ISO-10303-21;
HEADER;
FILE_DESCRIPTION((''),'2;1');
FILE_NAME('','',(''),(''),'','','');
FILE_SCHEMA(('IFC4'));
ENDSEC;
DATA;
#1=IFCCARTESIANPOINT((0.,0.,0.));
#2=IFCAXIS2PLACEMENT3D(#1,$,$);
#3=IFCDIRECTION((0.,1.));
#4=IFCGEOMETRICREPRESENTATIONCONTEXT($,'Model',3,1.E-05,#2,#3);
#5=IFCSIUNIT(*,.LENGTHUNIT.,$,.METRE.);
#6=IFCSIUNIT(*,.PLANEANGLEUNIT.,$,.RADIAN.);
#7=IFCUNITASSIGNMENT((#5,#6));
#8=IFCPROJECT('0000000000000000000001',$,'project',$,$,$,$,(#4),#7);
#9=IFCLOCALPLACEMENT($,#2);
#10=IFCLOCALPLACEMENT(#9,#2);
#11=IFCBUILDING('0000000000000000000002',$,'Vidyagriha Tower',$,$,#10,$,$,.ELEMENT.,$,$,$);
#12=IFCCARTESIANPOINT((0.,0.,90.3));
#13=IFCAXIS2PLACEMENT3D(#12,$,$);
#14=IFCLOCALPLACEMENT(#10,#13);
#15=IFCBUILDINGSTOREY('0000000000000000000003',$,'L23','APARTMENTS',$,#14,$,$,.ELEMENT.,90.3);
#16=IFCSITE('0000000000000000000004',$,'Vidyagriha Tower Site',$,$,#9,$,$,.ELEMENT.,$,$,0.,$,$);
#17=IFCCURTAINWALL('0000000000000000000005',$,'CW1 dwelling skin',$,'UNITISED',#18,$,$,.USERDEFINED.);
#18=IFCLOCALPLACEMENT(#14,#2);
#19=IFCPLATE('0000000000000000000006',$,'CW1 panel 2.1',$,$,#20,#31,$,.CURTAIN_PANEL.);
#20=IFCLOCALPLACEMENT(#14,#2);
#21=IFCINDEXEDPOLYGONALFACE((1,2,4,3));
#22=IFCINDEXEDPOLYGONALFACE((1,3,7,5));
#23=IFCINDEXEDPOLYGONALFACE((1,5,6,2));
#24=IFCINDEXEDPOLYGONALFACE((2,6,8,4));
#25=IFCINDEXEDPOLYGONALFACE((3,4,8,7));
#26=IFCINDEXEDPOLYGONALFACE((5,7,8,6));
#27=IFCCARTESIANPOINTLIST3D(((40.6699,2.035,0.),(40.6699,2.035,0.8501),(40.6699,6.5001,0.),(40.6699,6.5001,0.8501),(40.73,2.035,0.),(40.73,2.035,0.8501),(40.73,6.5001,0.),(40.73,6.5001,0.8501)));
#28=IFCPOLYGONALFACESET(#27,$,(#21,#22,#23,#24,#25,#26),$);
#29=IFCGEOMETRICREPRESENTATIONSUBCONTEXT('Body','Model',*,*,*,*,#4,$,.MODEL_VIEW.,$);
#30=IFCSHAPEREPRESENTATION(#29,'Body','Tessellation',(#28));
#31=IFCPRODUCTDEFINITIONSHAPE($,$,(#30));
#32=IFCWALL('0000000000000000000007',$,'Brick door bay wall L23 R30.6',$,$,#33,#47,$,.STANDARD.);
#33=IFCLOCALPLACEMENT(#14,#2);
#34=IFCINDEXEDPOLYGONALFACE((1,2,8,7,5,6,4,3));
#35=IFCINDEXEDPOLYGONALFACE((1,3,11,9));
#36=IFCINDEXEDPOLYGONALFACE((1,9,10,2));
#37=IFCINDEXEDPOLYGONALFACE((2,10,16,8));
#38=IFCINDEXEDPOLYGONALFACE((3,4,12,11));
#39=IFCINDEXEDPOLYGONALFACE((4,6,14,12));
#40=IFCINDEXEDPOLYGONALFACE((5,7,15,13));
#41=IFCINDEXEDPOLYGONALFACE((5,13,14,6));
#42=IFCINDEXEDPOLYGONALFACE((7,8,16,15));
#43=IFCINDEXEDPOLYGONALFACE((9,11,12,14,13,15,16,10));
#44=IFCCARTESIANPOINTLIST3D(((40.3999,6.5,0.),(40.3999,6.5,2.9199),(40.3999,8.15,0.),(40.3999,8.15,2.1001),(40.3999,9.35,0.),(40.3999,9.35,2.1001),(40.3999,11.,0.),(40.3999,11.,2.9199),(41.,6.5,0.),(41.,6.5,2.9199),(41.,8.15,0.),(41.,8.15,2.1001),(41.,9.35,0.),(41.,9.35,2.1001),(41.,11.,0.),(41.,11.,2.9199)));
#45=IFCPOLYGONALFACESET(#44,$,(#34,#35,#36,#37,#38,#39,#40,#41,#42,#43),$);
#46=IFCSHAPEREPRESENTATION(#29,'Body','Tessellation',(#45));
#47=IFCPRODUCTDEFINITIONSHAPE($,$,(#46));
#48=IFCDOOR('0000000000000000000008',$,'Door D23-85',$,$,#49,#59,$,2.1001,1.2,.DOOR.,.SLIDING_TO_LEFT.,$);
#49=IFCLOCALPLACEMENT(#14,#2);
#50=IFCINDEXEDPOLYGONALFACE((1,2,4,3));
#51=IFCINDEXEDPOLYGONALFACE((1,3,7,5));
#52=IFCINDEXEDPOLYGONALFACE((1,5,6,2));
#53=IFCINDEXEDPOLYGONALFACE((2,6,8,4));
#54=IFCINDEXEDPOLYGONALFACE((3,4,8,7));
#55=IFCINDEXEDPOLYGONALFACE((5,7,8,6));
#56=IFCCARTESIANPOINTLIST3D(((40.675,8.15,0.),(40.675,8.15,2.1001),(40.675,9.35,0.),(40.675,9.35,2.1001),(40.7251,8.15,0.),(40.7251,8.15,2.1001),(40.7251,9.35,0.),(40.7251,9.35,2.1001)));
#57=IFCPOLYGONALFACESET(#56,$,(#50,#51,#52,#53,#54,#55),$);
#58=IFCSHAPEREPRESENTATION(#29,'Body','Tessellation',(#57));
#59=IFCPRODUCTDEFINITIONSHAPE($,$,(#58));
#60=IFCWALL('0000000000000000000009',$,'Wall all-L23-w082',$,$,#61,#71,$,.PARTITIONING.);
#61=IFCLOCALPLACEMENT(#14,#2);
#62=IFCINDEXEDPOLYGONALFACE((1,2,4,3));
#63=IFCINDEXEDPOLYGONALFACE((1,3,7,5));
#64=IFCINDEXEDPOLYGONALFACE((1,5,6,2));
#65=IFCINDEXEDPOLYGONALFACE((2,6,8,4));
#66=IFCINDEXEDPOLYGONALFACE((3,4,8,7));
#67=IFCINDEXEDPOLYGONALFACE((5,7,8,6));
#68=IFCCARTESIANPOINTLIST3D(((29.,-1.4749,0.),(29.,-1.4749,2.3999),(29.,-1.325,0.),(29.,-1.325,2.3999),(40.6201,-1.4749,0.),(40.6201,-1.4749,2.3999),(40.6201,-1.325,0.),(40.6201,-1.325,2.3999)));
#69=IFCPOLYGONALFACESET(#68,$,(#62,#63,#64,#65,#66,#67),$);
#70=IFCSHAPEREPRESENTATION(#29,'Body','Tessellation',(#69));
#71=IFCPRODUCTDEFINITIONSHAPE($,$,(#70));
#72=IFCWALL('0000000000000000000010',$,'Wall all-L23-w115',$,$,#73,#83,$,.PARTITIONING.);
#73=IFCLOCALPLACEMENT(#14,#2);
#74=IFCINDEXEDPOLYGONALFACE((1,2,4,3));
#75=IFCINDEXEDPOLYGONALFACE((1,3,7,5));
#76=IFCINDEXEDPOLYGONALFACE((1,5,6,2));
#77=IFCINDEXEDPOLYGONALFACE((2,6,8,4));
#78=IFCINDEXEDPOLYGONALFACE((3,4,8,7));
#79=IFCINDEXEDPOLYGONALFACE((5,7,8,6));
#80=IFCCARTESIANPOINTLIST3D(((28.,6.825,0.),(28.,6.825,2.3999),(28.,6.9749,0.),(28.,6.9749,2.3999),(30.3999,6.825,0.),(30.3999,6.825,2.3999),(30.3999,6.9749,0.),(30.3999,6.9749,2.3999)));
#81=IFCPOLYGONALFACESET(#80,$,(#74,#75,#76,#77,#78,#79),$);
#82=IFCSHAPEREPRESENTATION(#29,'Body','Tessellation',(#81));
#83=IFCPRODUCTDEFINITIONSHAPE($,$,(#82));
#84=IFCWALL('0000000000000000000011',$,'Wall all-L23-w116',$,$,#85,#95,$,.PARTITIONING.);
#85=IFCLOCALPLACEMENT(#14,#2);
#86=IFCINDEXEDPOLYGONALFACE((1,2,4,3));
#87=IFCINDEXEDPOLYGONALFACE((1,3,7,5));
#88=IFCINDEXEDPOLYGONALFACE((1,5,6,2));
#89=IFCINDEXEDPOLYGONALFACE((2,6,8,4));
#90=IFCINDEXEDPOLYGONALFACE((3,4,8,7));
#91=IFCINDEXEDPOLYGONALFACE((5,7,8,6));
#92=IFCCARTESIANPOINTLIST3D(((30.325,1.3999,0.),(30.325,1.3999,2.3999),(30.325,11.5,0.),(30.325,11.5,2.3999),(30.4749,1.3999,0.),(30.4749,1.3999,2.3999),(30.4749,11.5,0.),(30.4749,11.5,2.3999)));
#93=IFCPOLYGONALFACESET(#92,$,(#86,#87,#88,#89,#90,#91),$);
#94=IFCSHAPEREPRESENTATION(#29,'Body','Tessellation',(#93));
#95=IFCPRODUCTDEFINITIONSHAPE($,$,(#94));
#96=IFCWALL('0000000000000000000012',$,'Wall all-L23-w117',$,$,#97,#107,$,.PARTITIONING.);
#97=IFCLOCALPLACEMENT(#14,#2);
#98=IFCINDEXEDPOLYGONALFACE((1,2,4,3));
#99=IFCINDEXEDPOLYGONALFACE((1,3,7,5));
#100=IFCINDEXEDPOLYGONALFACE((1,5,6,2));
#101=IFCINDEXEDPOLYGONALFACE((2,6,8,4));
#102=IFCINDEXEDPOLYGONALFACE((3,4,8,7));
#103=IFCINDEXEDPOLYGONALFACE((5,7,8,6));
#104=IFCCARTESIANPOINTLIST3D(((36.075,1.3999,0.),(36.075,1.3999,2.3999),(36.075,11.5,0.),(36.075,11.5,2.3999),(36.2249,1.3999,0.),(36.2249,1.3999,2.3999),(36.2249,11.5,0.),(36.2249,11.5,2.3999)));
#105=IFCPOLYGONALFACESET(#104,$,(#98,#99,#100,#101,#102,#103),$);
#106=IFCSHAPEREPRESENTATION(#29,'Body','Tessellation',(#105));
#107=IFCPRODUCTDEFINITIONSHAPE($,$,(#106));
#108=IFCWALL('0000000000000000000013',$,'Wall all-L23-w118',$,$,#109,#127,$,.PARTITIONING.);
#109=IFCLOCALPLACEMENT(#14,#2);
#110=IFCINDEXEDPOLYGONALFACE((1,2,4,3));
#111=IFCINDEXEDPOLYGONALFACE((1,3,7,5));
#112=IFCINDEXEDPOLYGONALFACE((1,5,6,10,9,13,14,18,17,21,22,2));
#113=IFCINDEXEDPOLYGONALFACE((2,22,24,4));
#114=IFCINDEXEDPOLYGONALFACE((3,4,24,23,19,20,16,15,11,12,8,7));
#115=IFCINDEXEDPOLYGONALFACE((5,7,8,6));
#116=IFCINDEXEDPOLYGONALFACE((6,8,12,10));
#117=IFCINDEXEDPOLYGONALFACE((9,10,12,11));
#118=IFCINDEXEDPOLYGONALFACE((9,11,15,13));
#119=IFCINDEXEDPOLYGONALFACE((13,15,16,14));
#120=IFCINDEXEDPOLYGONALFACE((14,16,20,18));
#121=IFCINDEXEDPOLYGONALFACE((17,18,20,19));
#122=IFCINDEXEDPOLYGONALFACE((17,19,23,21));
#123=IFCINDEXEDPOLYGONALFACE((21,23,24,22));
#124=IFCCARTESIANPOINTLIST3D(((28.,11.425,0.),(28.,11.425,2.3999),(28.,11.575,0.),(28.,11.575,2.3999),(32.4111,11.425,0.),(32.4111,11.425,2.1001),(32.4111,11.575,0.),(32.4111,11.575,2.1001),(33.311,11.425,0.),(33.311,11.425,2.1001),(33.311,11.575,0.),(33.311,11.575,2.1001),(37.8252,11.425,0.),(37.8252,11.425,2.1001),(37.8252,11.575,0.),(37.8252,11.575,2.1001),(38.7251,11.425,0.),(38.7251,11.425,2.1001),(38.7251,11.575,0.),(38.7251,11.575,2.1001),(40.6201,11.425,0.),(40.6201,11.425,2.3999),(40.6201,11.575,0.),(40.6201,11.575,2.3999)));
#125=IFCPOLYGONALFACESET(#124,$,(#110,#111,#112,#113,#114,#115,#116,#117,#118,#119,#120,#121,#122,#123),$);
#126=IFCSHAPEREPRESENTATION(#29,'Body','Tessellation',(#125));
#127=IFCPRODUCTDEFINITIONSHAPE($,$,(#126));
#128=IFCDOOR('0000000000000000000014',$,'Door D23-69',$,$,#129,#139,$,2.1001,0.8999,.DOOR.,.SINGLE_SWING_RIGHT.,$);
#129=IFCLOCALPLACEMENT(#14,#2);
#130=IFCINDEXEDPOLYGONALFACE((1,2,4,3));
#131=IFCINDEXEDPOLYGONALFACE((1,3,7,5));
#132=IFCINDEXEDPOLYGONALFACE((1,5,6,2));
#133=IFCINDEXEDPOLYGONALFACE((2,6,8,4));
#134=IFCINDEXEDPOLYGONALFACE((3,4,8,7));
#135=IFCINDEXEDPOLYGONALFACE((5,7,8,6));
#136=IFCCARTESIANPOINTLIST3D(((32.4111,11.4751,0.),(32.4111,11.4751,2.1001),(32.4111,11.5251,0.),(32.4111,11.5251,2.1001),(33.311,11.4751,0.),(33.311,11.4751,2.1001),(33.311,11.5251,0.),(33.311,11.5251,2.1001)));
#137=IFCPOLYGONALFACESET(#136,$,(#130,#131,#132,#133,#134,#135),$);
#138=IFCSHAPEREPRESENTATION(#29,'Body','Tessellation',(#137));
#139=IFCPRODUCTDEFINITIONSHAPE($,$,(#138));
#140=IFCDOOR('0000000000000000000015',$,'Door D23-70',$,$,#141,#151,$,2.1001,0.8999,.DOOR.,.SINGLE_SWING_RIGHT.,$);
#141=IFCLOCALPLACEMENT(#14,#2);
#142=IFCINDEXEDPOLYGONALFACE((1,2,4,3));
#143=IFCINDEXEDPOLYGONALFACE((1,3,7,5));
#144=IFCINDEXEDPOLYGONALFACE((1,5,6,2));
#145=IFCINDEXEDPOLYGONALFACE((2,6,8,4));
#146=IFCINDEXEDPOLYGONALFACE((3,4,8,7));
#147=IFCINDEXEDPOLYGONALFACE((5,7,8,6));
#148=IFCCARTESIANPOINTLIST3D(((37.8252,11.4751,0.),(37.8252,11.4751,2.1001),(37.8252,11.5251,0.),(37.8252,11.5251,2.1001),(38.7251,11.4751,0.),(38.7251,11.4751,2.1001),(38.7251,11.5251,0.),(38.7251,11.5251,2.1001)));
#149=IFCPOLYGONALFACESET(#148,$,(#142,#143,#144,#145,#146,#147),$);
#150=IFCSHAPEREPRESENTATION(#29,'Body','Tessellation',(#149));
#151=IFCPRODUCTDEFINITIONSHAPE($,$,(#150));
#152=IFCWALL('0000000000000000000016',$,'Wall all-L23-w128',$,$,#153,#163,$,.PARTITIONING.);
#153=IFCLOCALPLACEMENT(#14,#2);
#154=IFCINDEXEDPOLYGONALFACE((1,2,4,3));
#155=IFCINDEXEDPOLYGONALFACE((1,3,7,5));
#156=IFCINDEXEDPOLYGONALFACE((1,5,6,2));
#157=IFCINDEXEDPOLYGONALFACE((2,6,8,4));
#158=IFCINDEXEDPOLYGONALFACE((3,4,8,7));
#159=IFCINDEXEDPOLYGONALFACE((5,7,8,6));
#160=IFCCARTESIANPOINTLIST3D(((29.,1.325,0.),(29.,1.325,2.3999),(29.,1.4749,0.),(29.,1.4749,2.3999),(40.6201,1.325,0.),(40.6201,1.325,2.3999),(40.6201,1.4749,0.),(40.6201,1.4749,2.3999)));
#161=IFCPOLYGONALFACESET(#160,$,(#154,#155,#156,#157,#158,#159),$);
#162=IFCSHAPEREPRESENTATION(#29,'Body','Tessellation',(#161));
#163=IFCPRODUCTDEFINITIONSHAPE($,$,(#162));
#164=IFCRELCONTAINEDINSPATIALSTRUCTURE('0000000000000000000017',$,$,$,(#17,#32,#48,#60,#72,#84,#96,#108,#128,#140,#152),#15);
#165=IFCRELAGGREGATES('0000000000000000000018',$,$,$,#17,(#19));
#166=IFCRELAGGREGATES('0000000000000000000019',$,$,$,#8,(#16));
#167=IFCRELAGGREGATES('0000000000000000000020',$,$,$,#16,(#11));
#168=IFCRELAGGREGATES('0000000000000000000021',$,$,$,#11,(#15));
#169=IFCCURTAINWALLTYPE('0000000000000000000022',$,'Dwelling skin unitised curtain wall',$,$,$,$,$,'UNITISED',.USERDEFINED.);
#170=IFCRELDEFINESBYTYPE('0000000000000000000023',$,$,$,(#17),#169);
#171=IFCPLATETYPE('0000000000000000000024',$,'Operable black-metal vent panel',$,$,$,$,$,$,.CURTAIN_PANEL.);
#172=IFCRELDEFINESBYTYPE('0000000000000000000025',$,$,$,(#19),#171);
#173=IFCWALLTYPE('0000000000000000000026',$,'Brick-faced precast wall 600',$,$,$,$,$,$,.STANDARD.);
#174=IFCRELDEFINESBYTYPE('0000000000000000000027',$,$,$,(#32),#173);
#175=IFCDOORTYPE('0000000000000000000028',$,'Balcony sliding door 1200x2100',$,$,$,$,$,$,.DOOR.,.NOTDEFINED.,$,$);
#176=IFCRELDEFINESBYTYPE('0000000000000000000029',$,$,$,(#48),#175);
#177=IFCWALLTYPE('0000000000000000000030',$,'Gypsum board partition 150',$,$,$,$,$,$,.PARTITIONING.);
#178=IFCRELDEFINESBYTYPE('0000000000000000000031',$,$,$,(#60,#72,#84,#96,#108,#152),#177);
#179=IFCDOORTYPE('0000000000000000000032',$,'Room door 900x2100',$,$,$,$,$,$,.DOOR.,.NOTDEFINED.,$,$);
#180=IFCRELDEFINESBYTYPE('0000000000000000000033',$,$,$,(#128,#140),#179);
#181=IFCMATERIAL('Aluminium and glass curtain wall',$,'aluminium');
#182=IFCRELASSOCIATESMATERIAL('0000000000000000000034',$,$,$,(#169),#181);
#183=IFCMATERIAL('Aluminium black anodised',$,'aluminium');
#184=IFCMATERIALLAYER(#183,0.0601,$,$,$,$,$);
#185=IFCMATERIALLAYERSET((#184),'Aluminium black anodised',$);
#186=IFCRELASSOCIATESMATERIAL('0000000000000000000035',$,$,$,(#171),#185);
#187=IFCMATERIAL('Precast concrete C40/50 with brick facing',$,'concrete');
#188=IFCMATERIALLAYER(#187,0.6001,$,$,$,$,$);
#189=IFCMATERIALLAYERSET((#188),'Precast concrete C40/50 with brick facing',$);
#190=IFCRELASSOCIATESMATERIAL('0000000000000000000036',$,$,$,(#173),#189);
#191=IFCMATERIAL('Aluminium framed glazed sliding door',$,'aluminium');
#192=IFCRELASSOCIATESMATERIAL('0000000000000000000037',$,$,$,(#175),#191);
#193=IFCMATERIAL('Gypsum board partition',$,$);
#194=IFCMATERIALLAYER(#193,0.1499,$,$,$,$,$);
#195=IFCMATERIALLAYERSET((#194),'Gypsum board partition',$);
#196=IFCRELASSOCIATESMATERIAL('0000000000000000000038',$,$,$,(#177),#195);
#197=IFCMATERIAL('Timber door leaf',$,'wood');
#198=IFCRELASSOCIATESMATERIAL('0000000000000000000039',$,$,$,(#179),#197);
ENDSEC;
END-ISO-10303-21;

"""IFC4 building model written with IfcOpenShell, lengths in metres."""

from ifc_helpers import new_model, si_unit, direction, frame, frame_2d, origin, origin_2d, place, context, subcontext, project, spatial, rectangle, extrude, material, layer, layer_set, type_object, element, fill, aggregate, save


model = new_model("IFC4")

# Units and contexts
model_context = context("Model", 3, precision=1e-05, world=origin(), true_north=direction((0.0, 1.0)))
body_context = subcontext(model_context, "Body", "Model", "MODEL_VIEW")
ifc_project = project(units=[si_unit("LENGTHUNIT", "METRE"), si_unit("PLANEANGLEUNIT", "RADIAN")], contexts=[model_context])

# Site, building, storey
site_placement = place(None, origin())
site = spatial("IfcSite", under=ifc_project, at=site_placement, Name="Vidyagriha Tower Site", CompositionType="ELEMENT", RefElevation=0.0)
building_placement = place(site_placement, origin())
building = spatial("IfcBuilding", under=site, at=building_placement, Name="Vidyagriha Tower", CompositionType="ELEMENT")
storey_placement = place(building_placement, frame((0.0, 0.0, 90.3)))
storey = spatial("IfcBuildingStorey", under=building, at=storey_placement, Name="L23", Description="APARTMENTS", CompositionType="ELEMENT", Elevation=90.3)

# Curtain wall
ifc_material_1 = material(Name="Aluminium and glass curtain wall", Category="aluminium")
curtain_wall_type = type_object("IfcCurtainWallType", Name="Dwelling skin unitised curtain wall", ElementType="UNITISED", PredefinedType="USERDEFINED", material=ifc_material_1)
curtain_wall_1_placement = place(storey_placement, origin())
curtain_wall_1 = element("IfcCurtainWall", 1, at=curtain_wall_1_placement, inside=storey, type_object=curtain_wall_type, Name="CW1 dwelling skin", ObjectType="UNITISED", PredefinedType="USERDEFINED")

# Plate
ifc_material_2 = material(Name="Aluminium black anodised", Category="aluminium")
ifc_layer_1 = layer(ifc_material_2, 0.0601)
ifc_layer_set_1 = layer_set([ifc_layer_1], Name="Aluminium black anodised")
plate_type_1 = type_object("IfcPlateType", Name="Operable black-metal vent panel", PredefinedType="CURTAIN_PANEL", material=ifc_layer_set_1)
plate_1_placement = place(storey_placement, frame((40.7, 4.2676, 0.0), z_axis=(0.0, 0.0, 1.0), x_axis=(0.0, 1.0, 0.0)))
plate_1 = element("IfcPlate", 2, at=plate_1_placement, type_object=plate_type_1, Name="CW1 panel 2.1", PredefinedType="CURTAIN_PANEL", context=body_context, shape_type="SweptSolid", body=[
    extrude(rectangle(XDim=4.4651, YDim=0.0601, at=origin_2d()), origin(), (0.0, 0.0, 1.0), 0.8501),
])
aggregate(curtain_wall_1, [plate_1])

# Wall, opening, door
ifc_material_3 = material(Name="Precast concrete C40/50 with brick facing", Category="concrete")
ifc_layer_2 = layer(ifc_material_3, 0.6001)
ifc_layer_set_2 = layer_set([ifc_layer_2], Name="Precast concrete C40/50 with brick facing")
wall_type_1 = type_object("IfcWallType", Name="Brick-faced precast wall 600", PredefinedType="STANDARD", material=ifc_layer_set_2)
wall_1_placement = place(storey_placement, frame((40.7, 6.5, 0.0), z_axis=(0.0, 0.0, 1.0), x_axis=(0.0, 1.0, 0.0)))
wall_1 = element("IfcWall", 3, at=wall_1_placement, inside=storey, type_object=wall_type_1, Name="Brick door bay wall L23 R30.6", PredefinedType="STANDARD", context=body_context, shape_type="SweptSolid", body=[
    extrude(rectangle(XDim=4.5, YDim=0.6001, at=frame_2d((2.25, 0.0))), origin(), (0.0, 0.0, 1.0), 2.9199),
])
opening_1_placement = place(wall_1_placement, frame((1.6499, 0.0, 0.0)))
opening_1 = element("IfcOpeningElement", 4, at=opening_1_placement, cuts=wall_1, PredefinedType="OPENING", context=body_context, shape_type="SweptSolid", body=[
    extrude(rectangle(XDim=1.2, YDim=2.1001, at=frame_2d((0.6001, 1.05))), frame((0.0, 0.3101, 0.0), z_axis=(0.0, -1.0, 0.0), x_axis=(1.0, 0.0, 0.0)), (0.0, 0.0, 1.0), 0.6201),
])
ifc_material_4 = material(Name="Aluminium framed glazed sliding door", Category="aluminium")
door_type_1 = type_object("IfcDoorType", Name="Balcony sliding door 1200x2100", OperationType="NOTDEFINED", PredefinedType="DOOR", material=ifc_material_4)
door_1_placement = place(opening_1_placement, origin())
door_1 = element("IfcDoor", 5, at=door_1_placement, inside=storey, type_object=door_type_1, Name="Door D23-85", OperationType="SLIDING_TO_LEFT", OverallHeight=2.1001, OverallWidth=1.2, PredefinedType="DOOR", context=body_context, shape_type="SweptSolid", body=[
    extrude(rectangle(XDim=1.2, YDim=2.1001, at=frame_2d((0.6001, 1.05))), frame((0.0, 0.0249, 0.0), z_axis=(0.0, -1.0, 0.0), x_axis=(1.0, 0.0, 0.0)), (0.0, 0.0, 1.0), 0.05),
])
fill(opening_1, door_1)

# Walls
ifc_material_5 = material(Name="Gypsum board partition")
ifc_layer_3 = layer(ifc_material_5, 0.1499)
ifc_layer_set_3 = layer_set([ifc_layer_3], Name="Gypsum board partition")
wall_type_2 = type_object("IfcWallType", Name="Gypsum board partition 150", PredefinedType="PARTITIONING", material=ifc_layer_set_3)
wall_2_placement = place(storey_placement, frame((40.6201, -1.3999, 0.0), z_axis=(0.0, 0.0, 1.0), x_axis=(-1.0, 0.0, 0.0)))
element("IfcWall", 6, at=wall_2_placement, inside=storey, type_object=wall_type_2, Name="Wall all-L23-w082", PredefinedType="PARTITIONING", context=body_context, shape_type="SweptSolid", body=[
    extrude(rectangle(XDim=11.6201, YDim=0.1499, at=frame_2d((5.8101, 0.0))), origin(), (0.0, 0.0, 1.0), 2.3999),
])
wall_3_placement = place(storey_placement, frame((28.0, 6.8999, 0.0)))
element("IfcWall", 7, at=wall_3_placement, inside=storey, type_object=wall_type_2, Name="Wall all-L23-w115", PredefinedType="PARTITIONING", context=body_context, shape_type="SweptSolid", body=[
    extrude(rectangle(XDim=2.3999, YDim=0.1499, at=frame_2d((1.2, 0.0))), origin(), (0.0, 0.0, 1.0), 2.3999),
])
for number, where, z_axis, x_axis, name in (
    (8, (30.3999, 11.5, 0.0), (0.0, 0.0, 1.0), (0.0, -1.0, 0.0), "Wall all-L23-w116"),
    (9, (36.1499, 11.5, 0.0), (0.0, 0.0, 1.0), (0.0, -1.0, 0.0), "Wall all-L23-w117"),
):
    element("IfcWall", number, at=place(storey_placement, frame(where, z_axis=z_axis, x_axis=x_axis)), inside=storey, type_object=wall_type_2, Name=name, PredefinedType="PARTITIONING", context=body_context, shape_type="SweptSolid", body=[
        extrude(rectangle(XDim=10.1001, YDim=0.1499, at=frame_2d((5.05, 0.0))), origin(), (0.0, 0.0, 1.0), 2.3999),
    ])

# Wall, openings, doors
wall_4_placement = place(storey_placement, frame((40.6201, 11.5, 0.0), z_axis=(0.0, 0.0, 1.0), x_axis=(-1.0, 0.0, 0.0)))
wall_4 = element("IfcWall", 10, at=wall_4_placement, inside=storey, type_object=wall_type_2, Name="Wall all-L23-w118", PredefinedType="PARTITIONING", context=body_context, shape_type="SweptSolid", body=[
    extrude(rectangle(XDim=12.6201, YDim=0.1499, at=frame_2d((6.3101, 0.0))), origin(), (0.0, 0.0, 1.0), 2.3999),
])
opening_2_placement = place(wall_4_placement, frame((7.3091, 0.0, 0.0)))
opening_2 = element("IfcOpeningElement", 11, at=opening_2_placement, cuts=wall_4, PredefinedType="OPENING", context=body_context, shape_type="SweptSolid", body=[
    extrude(rectangle(XDim=0.8999, YDim=2.1001, at=frame_2d((0.45, 1.05))), frame((0.0, 0.085, 0.0), z_axis=(0.0, -1.0, 0.0), x_axis=(1.0, 0.0, 0.0)), (0.0, 0.0, 1.0), 0.1699),
])
opening_3_placement = place(wall_4_placement, frame((1.895, 0.0, 0.0)))
opening_3 = element("IfcOpeningElement", 12, at=opening_3_placement, cuts=wall_4, PredefinedType="OPENING", context=body_context, shape_type="SweptSolid", body=[
    extrude(rectangle(XDim=0.8999, YDim=2.1001, at=frame_2d((0.45, 1.05))), frame((0.0, 0.085, 0.0), z_axis=(0.0, -1.0, 0.0), x_axis=(1.0, 0.0, 0.0)), (0.0, 0.0, 1.0), 0.1699),
])
ifc_material_6 = material(Name="Timber door leaf", Category="wood")
door_type_2 = type_object("IfcDoorType", Name="Room door 900x2100", OperationType="NOTDEFINED", PredefinedType="DOOR", material=ifc_material_6)
door_2_placement = place(opening_2_placement, origin())
door_2 = element("IfcDoor", 13, at=door_2_placement, inside=storey, type_object=door_type_2, Name="Door D23-69", OperationType="SINGLE_SWING_RIGHT", OverallHeight=2.1001, OverallWidth=0.8999, PredefinedType="DOOR", context=body_context, shape_type="SweptSolid", body=[
    extrude(rectangle(XDim=0.8999, YDim=2.1001, at=frame_2d((0.45, 1.05))), frame((0.0, 0.0249, 0.0), z_axis=(0.0, -1.0, 0.0), x_axis=(1.0, 0.0, 0.0)), (0.0, 0.0, 1.0), 0.05),
])
fill(opening_2, door_2)
door_3_placement = place(opening_3_placement, origin())
door_3 = element("IfcDoor", 14, at=door_3_placement, inside=storey, type_object=door_type_2, Name="Door D23-70", OperationType="SINGLE_SWING_RIGHT", OverallHeight=2.1001, OverallWidth=0.8999, PredefinedType="DOOR", context=body_context, shape_type="SweptSolid", body=[
    extrude(rectangle(XDim=0.8999, YDim=2.1001, at=frame_2d((0.45, 1.05))), frame((0.0, 0.0249, 0.0), z_axis=(0.0, -1.0, 0.0), x_axis=(1.0, 0.0, 0.0)), (0.0, 0.0, 1.0), 0.05),
])
fill(opening_3, door_3)

# Wall
wall_5_placement = place(storey_placement, frame((29.0, 1.3999, 0.0)))
element("IfcWall", 15, at=wall_5_placement, inside=storey, type_object=wall_type_2, Name="Wall all-L23-w128", PredefinedType="PARTITIONING", context=body_context, shape_type="SweptSolid", body=[
    extrude(rectangle(XDim=11.6201, YDim=0.1499, at=frame_2d((5.8101, 0.0))), origin(), (0.0, 0.0, 1.0), 2.3999),
])

save(model, "model.ifc")
